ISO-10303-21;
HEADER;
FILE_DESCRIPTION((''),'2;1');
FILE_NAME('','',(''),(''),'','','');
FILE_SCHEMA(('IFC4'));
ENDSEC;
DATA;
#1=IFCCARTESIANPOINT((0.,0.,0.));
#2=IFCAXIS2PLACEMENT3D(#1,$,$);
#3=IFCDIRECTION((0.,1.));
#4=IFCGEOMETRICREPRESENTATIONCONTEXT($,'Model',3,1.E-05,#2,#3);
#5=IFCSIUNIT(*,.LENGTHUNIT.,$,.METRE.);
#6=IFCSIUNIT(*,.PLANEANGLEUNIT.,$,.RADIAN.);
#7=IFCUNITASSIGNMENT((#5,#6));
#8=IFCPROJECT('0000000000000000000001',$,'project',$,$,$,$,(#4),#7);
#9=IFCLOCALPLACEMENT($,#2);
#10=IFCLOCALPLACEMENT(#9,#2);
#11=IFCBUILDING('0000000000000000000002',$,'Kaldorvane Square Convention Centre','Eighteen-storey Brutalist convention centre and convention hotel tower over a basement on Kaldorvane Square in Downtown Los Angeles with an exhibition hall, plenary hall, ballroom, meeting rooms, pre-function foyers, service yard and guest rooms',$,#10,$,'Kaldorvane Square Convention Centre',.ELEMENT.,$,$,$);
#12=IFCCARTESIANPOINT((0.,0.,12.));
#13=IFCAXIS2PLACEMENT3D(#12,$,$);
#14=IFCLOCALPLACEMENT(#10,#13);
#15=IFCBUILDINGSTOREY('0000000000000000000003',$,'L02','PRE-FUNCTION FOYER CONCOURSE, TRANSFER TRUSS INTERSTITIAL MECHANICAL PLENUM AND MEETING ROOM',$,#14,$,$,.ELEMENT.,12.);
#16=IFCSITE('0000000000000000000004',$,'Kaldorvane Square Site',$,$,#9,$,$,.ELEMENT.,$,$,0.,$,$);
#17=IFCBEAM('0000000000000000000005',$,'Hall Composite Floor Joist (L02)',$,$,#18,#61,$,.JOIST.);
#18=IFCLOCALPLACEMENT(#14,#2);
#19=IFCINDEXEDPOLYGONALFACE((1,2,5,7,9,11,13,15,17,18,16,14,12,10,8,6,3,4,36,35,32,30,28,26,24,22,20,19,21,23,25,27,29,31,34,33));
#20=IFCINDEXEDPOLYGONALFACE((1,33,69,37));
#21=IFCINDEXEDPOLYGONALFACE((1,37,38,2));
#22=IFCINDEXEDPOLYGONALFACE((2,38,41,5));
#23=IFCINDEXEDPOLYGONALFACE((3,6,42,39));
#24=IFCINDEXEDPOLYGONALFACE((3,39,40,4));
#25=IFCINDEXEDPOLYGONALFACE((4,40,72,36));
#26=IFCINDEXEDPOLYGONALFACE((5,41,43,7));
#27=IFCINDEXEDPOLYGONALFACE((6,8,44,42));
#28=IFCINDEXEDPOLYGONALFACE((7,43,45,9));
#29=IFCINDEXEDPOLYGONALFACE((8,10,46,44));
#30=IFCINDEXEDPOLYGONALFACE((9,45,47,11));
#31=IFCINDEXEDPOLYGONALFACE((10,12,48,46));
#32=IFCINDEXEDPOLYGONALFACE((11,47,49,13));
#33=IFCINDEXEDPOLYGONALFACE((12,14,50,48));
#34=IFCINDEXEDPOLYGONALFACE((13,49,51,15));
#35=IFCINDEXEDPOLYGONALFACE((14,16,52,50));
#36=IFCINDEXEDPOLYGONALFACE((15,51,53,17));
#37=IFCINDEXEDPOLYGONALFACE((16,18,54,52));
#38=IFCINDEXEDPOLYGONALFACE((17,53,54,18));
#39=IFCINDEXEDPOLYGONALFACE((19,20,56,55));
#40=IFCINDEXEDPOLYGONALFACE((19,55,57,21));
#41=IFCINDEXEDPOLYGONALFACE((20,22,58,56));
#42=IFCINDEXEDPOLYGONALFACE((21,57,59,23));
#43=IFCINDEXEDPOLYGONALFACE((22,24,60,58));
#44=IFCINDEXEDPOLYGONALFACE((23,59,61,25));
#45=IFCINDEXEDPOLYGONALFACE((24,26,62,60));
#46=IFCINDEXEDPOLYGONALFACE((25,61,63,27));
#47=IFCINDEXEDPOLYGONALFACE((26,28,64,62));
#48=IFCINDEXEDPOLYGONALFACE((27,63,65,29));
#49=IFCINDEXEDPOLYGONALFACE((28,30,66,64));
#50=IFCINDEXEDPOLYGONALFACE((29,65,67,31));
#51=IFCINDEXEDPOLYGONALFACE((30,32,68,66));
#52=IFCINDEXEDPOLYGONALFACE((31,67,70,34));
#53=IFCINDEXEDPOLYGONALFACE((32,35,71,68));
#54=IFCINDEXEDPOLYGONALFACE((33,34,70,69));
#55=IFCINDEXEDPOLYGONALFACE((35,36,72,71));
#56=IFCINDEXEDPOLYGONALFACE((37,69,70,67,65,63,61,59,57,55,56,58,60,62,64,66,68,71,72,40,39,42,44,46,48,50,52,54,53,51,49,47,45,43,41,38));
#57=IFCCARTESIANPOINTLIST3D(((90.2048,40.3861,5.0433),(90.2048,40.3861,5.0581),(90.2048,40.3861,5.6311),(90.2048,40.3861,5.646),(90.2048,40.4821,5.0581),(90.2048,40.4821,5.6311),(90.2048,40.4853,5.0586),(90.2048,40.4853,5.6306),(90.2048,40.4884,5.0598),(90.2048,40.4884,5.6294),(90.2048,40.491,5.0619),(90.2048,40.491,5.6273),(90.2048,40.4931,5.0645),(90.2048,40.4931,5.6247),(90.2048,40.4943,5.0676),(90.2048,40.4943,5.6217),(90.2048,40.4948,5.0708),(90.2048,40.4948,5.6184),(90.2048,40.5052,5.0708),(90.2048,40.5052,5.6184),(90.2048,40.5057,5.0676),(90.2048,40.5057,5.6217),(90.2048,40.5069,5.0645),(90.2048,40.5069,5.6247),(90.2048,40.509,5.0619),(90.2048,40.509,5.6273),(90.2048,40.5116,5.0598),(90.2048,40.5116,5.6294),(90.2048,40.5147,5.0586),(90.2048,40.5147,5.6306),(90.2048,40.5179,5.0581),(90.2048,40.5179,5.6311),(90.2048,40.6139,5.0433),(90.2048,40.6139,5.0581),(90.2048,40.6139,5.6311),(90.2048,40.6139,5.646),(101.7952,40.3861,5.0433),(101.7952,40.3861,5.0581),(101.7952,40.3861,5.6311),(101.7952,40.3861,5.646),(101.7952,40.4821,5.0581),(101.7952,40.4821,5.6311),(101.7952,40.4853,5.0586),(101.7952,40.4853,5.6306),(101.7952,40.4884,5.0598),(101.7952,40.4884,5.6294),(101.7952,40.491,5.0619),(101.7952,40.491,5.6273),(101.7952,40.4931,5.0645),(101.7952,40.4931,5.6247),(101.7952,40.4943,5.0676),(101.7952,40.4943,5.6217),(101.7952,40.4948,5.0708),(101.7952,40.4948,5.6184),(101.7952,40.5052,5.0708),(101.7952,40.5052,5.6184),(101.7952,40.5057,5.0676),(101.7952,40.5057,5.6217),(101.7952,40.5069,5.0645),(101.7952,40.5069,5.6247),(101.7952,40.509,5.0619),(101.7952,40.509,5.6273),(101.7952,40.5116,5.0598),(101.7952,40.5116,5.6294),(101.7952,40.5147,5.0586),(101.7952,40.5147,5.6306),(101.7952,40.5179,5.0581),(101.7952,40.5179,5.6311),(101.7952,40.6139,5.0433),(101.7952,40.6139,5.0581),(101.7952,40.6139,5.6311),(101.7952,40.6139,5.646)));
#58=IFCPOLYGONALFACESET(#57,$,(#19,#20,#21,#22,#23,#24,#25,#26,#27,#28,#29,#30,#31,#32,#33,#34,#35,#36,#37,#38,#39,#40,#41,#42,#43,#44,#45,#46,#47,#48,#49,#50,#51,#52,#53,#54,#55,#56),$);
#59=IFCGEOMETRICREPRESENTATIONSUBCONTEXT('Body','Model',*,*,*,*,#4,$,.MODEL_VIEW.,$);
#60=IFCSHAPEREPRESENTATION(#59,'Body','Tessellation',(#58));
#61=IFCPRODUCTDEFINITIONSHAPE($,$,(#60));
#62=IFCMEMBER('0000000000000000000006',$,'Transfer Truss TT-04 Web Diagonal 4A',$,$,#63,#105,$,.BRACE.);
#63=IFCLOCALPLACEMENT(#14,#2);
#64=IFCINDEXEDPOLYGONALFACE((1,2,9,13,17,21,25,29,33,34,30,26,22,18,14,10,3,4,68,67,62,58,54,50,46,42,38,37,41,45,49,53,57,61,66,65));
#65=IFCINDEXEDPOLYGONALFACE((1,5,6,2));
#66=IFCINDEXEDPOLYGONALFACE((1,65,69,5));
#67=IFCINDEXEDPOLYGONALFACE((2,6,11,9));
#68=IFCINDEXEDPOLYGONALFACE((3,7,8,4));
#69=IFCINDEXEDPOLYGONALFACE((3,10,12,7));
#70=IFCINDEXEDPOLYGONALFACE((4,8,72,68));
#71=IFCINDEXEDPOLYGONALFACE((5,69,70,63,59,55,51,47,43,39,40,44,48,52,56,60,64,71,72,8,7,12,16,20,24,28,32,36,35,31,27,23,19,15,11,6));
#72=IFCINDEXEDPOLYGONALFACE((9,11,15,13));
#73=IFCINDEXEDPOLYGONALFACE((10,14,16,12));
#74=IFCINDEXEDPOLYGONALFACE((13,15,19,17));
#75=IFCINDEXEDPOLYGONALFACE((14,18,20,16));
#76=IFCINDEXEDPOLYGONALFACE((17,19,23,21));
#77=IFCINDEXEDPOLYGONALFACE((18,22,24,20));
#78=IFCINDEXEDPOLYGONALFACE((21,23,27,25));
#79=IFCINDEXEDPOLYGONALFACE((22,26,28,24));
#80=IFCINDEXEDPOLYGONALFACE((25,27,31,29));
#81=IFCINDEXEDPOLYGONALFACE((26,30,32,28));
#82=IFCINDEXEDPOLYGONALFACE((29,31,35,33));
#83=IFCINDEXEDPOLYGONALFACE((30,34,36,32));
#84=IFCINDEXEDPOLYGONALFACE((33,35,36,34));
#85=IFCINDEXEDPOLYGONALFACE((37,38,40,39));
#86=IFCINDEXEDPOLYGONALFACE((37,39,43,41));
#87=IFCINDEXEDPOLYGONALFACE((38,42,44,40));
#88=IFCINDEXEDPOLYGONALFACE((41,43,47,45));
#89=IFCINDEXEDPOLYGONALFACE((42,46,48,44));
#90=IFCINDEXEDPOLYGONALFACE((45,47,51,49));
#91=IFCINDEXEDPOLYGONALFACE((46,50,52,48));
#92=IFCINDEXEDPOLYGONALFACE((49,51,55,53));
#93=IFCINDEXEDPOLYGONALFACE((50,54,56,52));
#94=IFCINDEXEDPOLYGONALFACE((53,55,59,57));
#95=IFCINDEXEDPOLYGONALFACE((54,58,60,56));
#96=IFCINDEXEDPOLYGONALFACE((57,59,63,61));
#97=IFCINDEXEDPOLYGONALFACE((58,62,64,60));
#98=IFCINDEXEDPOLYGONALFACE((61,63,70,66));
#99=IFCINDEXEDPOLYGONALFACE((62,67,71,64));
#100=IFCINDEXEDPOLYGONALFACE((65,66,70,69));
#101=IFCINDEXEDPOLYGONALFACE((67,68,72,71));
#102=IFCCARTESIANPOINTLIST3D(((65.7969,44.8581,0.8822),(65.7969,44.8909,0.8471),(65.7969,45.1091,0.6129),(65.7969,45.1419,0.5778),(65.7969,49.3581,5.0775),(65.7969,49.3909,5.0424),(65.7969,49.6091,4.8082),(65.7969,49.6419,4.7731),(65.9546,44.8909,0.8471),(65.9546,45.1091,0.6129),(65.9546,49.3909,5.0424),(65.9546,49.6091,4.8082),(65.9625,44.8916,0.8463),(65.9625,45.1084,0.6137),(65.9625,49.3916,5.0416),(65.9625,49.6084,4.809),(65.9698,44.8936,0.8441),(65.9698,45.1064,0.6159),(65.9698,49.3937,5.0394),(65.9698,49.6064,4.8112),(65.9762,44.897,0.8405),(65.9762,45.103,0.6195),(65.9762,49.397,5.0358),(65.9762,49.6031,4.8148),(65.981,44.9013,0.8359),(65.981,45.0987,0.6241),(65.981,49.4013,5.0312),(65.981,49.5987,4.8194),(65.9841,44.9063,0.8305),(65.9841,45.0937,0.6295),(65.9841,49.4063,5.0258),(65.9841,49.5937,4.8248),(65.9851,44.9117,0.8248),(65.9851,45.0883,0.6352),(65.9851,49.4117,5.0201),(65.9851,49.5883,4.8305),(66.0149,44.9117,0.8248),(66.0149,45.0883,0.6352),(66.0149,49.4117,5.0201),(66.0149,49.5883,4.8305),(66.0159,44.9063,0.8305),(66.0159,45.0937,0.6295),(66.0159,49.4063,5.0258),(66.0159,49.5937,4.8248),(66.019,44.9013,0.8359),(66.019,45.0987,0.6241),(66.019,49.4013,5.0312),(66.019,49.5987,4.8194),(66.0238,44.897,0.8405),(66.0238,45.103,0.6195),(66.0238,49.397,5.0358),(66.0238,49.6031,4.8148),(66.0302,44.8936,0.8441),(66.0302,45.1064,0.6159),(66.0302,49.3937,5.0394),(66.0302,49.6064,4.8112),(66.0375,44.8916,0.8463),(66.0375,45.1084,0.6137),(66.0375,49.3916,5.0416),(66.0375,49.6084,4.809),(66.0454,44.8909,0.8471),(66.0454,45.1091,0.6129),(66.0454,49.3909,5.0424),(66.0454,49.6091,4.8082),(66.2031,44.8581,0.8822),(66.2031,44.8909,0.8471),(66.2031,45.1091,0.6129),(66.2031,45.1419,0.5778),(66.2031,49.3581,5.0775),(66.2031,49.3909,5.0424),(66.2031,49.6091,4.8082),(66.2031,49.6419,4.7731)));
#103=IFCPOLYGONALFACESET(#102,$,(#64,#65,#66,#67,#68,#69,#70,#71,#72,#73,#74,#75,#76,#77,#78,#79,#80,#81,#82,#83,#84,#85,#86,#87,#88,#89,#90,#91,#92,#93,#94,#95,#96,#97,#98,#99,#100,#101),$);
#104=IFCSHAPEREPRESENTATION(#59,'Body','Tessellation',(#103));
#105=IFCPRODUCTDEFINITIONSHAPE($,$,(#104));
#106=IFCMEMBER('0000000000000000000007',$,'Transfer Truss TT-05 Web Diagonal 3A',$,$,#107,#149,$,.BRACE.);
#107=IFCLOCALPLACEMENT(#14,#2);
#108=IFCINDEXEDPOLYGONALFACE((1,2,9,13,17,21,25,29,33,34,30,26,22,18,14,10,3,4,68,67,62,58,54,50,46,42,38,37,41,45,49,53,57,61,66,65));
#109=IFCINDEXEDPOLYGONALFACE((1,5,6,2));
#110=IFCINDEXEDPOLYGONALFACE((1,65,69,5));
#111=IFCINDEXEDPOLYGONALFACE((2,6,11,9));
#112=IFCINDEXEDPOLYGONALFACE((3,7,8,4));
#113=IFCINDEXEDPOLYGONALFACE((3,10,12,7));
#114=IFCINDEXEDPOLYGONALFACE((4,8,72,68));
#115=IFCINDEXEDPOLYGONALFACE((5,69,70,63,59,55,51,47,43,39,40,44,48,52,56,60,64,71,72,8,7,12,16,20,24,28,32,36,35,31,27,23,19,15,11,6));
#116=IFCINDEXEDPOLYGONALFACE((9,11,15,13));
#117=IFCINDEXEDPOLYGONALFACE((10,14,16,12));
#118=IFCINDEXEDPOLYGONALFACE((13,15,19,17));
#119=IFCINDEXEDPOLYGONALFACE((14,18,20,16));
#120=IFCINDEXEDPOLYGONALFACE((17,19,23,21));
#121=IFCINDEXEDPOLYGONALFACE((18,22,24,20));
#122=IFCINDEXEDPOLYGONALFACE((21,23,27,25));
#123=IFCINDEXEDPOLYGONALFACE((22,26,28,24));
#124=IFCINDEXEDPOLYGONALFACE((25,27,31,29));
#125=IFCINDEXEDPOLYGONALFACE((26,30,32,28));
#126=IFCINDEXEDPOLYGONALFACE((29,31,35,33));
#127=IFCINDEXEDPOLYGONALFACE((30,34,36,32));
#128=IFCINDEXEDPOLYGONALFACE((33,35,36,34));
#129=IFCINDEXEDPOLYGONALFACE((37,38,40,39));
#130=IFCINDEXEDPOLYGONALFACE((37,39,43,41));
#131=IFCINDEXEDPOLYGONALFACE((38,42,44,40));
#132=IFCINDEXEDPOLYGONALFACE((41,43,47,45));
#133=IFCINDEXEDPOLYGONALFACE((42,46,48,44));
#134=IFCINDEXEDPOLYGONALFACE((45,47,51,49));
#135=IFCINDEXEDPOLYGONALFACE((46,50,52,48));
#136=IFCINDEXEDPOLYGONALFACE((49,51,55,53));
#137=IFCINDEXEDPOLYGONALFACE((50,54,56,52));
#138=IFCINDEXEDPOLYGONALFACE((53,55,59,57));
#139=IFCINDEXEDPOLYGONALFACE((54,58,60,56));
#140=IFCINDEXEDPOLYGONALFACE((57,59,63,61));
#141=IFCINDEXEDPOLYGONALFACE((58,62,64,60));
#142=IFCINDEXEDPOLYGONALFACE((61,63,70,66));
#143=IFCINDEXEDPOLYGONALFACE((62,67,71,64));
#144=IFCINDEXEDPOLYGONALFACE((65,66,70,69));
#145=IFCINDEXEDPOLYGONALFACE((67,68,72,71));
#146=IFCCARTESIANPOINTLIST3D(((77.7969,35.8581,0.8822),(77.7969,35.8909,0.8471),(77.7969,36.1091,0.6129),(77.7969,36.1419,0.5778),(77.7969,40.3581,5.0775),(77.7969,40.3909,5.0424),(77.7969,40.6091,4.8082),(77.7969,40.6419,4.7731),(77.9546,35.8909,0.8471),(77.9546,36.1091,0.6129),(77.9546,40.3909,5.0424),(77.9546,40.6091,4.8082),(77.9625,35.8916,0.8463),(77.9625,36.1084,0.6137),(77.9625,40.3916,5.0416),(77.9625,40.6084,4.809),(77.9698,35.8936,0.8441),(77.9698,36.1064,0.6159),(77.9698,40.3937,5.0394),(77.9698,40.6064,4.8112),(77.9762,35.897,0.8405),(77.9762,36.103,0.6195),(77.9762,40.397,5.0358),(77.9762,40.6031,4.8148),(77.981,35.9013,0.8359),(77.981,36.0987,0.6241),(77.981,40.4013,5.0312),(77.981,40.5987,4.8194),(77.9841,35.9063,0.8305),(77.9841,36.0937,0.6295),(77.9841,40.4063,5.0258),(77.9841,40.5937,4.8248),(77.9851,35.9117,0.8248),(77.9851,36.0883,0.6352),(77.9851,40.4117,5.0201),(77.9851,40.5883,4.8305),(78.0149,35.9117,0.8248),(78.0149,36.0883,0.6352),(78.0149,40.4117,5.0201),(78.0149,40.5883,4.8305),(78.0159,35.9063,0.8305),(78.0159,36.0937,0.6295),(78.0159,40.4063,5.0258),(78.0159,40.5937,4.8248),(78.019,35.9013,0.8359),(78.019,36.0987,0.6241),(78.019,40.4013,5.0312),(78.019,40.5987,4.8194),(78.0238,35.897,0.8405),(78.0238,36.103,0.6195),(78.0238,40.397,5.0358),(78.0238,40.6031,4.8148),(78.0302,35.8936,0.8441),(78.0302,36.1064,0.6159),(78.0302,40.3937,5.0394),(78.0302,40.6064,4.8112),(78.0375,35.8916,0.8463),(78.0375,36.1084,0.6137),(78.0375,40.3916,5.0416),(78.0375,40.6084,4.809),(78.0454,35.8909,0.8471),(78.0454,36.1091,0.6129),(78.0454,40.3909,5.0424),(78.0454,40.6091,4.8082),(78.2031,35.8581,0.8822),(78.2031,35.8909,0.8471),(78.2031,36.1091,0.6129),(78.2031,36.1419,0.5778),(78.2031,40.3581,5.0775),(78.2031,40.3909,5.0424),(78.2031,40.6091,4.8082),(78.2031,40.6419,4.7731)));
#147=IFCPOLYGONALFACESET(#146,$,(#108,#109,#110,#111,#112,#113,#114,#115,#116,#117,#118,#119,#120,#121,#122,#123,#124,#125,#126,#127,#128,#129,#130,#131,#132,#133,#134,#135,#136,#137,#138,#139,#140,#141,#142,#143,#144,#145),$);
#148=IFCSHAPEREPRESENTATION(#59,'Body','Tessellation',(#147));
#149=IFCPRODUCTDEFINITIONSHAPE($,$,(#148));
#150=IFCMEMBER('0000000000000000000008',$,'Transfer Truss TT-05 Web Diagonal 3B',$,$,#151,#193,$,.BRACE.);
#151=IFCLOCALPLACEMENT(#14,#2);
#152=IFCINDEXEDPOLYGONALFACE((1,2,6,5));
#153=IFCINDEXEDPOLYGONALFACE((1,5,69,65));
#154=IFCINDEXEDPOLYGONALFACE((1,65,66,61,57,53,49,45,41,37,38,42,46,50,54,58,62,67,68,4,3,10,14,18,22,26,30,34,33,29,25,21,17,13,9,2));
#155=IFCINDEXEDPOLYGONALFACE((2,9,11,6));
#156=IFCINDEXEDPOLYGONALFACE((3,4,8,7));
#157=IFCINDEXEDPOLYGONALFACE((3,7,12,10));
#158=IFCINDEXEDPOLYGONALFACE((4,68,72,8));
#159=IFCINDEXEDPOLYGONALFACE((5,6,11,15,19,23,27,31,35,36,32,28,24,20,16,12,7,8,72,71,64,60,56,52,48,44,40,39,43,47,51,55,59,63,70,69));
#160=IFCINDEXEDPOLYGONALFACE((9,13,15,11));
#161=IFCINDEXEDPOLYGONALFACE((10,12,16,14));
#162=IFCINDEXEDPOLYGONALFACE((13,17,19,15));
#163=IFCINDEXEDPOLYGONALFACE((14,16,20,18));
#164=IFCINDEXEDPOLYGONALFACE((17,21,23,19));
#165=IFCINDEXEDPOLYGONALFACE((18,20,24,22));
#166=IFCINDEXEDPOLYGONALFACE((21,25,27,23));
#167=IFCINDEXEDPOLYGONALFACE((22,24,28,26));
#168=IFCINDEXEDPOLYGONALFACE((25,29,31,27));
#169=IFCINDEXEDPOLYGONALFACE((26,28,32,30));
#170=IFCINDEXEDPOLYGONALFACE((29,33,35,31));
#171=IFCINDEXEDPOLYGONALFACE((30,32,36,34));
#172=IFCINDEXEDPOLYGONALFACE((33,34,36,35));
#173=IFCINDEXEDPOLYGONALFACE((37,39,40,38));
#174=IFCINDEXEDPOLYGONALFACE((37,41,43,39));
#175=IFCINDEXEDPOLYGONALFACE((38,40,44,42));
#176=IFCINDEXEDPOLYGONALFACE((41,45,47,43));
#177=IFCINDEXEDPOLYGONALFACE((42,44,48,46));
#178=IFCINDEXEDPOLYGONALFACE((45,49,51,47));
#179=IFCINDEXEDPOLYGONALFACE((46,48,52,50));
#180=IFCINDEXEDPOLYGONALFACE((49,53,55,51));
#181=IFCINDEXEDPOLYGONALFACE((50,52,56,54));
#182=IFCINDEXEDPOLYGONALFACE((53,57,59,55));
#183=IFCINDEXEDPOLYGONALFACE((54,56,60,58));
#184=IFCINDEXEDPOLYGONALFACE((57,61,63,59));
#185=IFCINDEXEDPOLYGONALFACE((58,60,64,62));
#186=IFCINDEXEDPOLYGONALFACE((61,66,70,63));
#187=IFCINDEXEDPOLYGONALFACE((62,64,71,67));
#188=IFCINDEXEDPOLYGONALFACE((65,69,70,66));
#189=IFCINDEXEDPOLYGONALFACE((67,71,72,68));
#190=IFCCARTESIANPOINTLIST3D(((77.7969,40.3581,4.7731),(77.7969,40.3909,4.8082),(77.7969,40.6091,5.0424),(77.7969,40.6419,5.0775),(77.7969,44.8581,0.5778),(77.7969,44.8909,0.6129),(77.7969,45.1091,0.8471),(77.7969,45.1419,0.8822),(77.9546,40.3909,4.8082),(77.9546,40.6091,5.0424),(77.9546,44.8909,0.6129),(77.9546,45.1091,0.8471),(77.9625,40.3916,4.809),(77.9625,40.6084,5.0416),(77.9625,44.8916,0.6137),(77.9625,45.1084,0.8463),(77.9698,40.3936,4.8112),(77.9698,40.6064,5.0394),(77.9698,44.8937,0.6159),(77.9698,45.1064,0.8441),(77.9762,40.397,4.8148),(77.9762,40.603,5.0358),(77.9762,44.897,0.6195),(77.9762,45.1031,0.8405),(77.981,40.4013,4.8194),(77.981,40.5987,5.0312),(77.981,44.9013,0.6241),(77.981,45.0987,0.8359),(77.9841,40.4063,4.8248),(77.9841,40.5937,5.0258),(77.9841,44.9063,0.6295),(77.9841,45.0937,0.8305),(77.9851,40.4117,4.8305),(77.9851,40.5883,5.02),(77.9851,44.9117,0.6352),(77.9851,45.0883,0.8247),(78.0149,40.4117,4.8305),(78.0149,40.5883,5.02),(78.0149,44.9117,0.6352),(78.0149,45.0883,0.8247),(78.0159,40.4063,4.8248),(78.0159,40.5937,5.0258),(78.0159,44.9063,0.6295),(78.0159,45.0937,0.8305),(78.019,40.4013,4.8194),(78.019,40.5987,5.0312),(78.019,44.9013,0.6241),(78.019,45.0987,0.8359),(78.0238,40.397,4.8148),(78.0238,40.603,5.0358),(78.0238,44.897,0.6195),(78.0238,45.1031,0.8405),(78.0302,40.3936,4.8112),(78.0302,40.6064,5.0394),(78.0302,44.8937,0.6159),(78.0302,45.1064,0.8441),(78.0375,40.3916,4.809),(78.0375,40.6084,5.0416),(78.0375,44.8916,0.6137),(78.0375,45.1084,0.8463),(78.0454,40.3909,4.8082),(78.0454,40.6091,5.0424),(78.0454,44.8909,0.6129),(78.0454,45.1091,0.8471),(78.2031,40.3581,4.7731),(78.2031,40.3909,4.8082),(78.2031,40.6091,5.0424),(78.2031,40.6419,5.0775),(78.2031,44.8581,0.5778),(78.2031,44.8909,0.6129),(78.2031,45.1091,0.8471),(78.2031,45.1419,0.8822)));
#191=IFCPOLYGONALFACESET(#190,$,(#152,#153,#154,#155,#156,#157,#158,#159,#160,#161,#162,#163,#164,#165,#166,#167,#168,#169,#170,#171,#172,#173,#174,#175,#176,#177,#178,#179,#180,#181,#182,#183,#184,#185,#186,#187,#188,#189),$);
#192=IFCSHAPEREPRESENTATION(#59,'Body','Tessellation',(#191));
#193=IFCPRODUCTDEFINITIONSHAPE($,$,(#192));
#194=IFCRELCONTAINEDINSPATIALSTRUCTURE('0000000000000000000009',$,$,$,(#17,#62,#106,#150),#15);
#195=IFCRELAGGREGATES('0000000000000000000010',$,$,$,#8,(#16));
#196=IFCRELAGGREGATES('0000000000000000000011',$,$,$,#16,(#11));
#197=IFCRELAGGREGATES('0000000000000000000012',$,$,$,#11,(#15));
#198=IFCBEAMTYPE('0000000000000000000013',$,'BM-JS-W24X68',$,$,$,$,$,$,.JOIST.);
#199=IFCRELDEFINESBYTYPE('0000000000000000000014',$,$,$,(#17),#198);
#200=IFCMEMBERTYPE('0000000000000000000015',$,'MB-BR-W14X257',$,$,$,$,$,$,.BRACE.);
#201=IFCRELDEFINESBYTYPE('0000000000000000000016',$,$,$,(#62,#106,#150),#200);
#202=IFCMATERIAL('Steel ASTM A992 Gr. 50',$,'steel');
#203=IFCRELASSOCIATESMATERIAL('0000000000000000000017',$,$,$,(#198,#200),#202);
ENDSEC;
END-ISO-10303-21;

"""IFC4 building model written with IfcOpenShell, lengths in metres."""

from ifc_helpers import new_model, si_unit, direction, frame, origin, origin_2d, place, context, subcontext, project, spatial, i_section, extrude, material, material_profile, profile_set, type_object, element, save


model = new_model("IFC4")

# Units and contexts
model_context = context("Model", 3, precision=1e-05, world=origin(), true_north=direction((0.0, 1.0)))
body_context = subcontext(model_context, "Body", "Model", "MODEL_VIEW")
ifc_project = project(units=[si_unit("LENGTHUNIT", "METRE"), si_unit("PLANEANGLEUNIT", "RADIAN")], contexts=[model_context])

# Site, building, storey
site_placement = place(None, origin())
site = spatial("IfcSite", under=ifc_project, at=site_placement, Name="Kaldorvane Square Site", CompositionType="ELEMENT", RefElevation=0.0)
building_placement = place(site_placement, origin())
building = spatial("IfcBuilding", under=site, at=building_placement, Name="Kaldorvane Square Convention Centre", Description="Eighteen-storey Brutalist convention centre and convention hotel tower over a basement on Kaldorvane Square in Downtown Los Angeles with an exhibition hall, plenary hall, ballroom, meeting rooms, pre-function foyers, service yard and guest rooms", LongName="Kaldorvane Square Convention Centre", CompositionType="ELEMENT")
storey_placement = place(building_placement, frame((0.0, 0.0, 12.0)))
storey = spatial("IfcBuildingStorey", under=building, at=storey_placement, Name="L02", Description="PRE-FUNCTION FOYER CONCOURSE, TRANSFER TRUSS INTERSTITIAL MECHANICAL PLENUM AND MEETING ROOM", CompositionType="ELEMENT", Elevation=12.0)

# Beam
ifc_material_1 = material(Name="Steel ASTM A992 Gr. 50", Category="steel")
ifc_material_profile_1 = material_profile(ifc_material_1, i_section(OverallWidth=0.2277, OverallDepth=0.6027, WebThickness=0.0105, FlangeThickness=0.0149, FilletRadius=0.0127, at=origin_2d()), Name="W24X68")
ifc_profile_set_1 = profile_set([ifc_material_profile_1], Name="Steel ASTM A992 Gr. 50")
beam_type = type_object("IfcBeamType", Name="BM-JS-W24X68", PredefinedType="JOIST", material=ifc_profile_set_1)
for number, where, z_axis, x_axis, name in (
    (1, (90.2048, 40.5, 5.3446), (1.0, 0.0, 0.0), (0.0, 1.0, 0.0), "Hall Composite Floor Joist (L02)"),
):
    element("IfcBeam", number, at=place(storey_placement, frame(where, z_axis=z_axis, x_axis=x_axis)), inside=storey, type_object=beam_type, Name=name, PredefinedType="JOIST", context=body_context, shape_type="SweptSolid", body=[
        extrude(i_section(OverallWidth=0.2277, OverallDepth=0.6027, WebThickness=0.0105, FlangeThickness=0.0149, FilletRadius=0.0127, at=origin_2d()), origin(), (0.0, 0.0, 1.0), 11.5904),
    ])

# Members
ifc_material_profile_2 = material_profile(ifc_material_1, i_section(OverallWidth=0.4063, OverallDepth=0.4161, WebThickness=0.0298, FlangeThickness=0.048, FilletRadius=0.0305, at=origin_2d()), Name="W14X257")
ifc_profile_set_2 = profile_set([ifc_material_profile_2], Name="Steel ASTM A992 Gr. 50")
member_type_1 = type_object("IfcMemberType", Name="MB-BR-W14X257", PredefinedType="BRACE", material=ifc_profile_set_2)
for number, where, z_axis, x_axis, name in (
    (2, (66.0, 45.0, 0.73), (0.0, 0.731436, 0.68191), (-1.0, 0.0, 0.0), "Transfer Truss TT-04 Web Diagonal 4A"),
    (3, (78.0, 36.0, 0.73), (0.0, 0.731436, 0.68191), (-1.0, 0.0, 0.0), "Transfer Truss TT-05 Web Diagonal 3A"),
    (4, (78.0, 40.5, 4.9253), (0.0, 0.731436, -0.68191), (-1.0, 0.0, 0.0), "Transfer Truss TT-05 Web Diagonal 3B"),
):
    element("IfcMember", number, at=place(storey_placement, frame(where, z_axis=z_axis, x_axis=x_axis)), inside=storey, type_object=member_type_1, Name=name, PredefinedType="BRACE", context=body_context, shape_type="SweptSolid", body=[
        extrude(i_section(OverallWidth=0.4063, OverallDepth=0.4161, WebThickness=0.0298, FlangeThickness=0.048, FilletRadius=0.0305, at=origin_2d()), origin(), (0.0, 0.0, 1.0), 6.1523),
    ])

save(model, "model.ifc")
